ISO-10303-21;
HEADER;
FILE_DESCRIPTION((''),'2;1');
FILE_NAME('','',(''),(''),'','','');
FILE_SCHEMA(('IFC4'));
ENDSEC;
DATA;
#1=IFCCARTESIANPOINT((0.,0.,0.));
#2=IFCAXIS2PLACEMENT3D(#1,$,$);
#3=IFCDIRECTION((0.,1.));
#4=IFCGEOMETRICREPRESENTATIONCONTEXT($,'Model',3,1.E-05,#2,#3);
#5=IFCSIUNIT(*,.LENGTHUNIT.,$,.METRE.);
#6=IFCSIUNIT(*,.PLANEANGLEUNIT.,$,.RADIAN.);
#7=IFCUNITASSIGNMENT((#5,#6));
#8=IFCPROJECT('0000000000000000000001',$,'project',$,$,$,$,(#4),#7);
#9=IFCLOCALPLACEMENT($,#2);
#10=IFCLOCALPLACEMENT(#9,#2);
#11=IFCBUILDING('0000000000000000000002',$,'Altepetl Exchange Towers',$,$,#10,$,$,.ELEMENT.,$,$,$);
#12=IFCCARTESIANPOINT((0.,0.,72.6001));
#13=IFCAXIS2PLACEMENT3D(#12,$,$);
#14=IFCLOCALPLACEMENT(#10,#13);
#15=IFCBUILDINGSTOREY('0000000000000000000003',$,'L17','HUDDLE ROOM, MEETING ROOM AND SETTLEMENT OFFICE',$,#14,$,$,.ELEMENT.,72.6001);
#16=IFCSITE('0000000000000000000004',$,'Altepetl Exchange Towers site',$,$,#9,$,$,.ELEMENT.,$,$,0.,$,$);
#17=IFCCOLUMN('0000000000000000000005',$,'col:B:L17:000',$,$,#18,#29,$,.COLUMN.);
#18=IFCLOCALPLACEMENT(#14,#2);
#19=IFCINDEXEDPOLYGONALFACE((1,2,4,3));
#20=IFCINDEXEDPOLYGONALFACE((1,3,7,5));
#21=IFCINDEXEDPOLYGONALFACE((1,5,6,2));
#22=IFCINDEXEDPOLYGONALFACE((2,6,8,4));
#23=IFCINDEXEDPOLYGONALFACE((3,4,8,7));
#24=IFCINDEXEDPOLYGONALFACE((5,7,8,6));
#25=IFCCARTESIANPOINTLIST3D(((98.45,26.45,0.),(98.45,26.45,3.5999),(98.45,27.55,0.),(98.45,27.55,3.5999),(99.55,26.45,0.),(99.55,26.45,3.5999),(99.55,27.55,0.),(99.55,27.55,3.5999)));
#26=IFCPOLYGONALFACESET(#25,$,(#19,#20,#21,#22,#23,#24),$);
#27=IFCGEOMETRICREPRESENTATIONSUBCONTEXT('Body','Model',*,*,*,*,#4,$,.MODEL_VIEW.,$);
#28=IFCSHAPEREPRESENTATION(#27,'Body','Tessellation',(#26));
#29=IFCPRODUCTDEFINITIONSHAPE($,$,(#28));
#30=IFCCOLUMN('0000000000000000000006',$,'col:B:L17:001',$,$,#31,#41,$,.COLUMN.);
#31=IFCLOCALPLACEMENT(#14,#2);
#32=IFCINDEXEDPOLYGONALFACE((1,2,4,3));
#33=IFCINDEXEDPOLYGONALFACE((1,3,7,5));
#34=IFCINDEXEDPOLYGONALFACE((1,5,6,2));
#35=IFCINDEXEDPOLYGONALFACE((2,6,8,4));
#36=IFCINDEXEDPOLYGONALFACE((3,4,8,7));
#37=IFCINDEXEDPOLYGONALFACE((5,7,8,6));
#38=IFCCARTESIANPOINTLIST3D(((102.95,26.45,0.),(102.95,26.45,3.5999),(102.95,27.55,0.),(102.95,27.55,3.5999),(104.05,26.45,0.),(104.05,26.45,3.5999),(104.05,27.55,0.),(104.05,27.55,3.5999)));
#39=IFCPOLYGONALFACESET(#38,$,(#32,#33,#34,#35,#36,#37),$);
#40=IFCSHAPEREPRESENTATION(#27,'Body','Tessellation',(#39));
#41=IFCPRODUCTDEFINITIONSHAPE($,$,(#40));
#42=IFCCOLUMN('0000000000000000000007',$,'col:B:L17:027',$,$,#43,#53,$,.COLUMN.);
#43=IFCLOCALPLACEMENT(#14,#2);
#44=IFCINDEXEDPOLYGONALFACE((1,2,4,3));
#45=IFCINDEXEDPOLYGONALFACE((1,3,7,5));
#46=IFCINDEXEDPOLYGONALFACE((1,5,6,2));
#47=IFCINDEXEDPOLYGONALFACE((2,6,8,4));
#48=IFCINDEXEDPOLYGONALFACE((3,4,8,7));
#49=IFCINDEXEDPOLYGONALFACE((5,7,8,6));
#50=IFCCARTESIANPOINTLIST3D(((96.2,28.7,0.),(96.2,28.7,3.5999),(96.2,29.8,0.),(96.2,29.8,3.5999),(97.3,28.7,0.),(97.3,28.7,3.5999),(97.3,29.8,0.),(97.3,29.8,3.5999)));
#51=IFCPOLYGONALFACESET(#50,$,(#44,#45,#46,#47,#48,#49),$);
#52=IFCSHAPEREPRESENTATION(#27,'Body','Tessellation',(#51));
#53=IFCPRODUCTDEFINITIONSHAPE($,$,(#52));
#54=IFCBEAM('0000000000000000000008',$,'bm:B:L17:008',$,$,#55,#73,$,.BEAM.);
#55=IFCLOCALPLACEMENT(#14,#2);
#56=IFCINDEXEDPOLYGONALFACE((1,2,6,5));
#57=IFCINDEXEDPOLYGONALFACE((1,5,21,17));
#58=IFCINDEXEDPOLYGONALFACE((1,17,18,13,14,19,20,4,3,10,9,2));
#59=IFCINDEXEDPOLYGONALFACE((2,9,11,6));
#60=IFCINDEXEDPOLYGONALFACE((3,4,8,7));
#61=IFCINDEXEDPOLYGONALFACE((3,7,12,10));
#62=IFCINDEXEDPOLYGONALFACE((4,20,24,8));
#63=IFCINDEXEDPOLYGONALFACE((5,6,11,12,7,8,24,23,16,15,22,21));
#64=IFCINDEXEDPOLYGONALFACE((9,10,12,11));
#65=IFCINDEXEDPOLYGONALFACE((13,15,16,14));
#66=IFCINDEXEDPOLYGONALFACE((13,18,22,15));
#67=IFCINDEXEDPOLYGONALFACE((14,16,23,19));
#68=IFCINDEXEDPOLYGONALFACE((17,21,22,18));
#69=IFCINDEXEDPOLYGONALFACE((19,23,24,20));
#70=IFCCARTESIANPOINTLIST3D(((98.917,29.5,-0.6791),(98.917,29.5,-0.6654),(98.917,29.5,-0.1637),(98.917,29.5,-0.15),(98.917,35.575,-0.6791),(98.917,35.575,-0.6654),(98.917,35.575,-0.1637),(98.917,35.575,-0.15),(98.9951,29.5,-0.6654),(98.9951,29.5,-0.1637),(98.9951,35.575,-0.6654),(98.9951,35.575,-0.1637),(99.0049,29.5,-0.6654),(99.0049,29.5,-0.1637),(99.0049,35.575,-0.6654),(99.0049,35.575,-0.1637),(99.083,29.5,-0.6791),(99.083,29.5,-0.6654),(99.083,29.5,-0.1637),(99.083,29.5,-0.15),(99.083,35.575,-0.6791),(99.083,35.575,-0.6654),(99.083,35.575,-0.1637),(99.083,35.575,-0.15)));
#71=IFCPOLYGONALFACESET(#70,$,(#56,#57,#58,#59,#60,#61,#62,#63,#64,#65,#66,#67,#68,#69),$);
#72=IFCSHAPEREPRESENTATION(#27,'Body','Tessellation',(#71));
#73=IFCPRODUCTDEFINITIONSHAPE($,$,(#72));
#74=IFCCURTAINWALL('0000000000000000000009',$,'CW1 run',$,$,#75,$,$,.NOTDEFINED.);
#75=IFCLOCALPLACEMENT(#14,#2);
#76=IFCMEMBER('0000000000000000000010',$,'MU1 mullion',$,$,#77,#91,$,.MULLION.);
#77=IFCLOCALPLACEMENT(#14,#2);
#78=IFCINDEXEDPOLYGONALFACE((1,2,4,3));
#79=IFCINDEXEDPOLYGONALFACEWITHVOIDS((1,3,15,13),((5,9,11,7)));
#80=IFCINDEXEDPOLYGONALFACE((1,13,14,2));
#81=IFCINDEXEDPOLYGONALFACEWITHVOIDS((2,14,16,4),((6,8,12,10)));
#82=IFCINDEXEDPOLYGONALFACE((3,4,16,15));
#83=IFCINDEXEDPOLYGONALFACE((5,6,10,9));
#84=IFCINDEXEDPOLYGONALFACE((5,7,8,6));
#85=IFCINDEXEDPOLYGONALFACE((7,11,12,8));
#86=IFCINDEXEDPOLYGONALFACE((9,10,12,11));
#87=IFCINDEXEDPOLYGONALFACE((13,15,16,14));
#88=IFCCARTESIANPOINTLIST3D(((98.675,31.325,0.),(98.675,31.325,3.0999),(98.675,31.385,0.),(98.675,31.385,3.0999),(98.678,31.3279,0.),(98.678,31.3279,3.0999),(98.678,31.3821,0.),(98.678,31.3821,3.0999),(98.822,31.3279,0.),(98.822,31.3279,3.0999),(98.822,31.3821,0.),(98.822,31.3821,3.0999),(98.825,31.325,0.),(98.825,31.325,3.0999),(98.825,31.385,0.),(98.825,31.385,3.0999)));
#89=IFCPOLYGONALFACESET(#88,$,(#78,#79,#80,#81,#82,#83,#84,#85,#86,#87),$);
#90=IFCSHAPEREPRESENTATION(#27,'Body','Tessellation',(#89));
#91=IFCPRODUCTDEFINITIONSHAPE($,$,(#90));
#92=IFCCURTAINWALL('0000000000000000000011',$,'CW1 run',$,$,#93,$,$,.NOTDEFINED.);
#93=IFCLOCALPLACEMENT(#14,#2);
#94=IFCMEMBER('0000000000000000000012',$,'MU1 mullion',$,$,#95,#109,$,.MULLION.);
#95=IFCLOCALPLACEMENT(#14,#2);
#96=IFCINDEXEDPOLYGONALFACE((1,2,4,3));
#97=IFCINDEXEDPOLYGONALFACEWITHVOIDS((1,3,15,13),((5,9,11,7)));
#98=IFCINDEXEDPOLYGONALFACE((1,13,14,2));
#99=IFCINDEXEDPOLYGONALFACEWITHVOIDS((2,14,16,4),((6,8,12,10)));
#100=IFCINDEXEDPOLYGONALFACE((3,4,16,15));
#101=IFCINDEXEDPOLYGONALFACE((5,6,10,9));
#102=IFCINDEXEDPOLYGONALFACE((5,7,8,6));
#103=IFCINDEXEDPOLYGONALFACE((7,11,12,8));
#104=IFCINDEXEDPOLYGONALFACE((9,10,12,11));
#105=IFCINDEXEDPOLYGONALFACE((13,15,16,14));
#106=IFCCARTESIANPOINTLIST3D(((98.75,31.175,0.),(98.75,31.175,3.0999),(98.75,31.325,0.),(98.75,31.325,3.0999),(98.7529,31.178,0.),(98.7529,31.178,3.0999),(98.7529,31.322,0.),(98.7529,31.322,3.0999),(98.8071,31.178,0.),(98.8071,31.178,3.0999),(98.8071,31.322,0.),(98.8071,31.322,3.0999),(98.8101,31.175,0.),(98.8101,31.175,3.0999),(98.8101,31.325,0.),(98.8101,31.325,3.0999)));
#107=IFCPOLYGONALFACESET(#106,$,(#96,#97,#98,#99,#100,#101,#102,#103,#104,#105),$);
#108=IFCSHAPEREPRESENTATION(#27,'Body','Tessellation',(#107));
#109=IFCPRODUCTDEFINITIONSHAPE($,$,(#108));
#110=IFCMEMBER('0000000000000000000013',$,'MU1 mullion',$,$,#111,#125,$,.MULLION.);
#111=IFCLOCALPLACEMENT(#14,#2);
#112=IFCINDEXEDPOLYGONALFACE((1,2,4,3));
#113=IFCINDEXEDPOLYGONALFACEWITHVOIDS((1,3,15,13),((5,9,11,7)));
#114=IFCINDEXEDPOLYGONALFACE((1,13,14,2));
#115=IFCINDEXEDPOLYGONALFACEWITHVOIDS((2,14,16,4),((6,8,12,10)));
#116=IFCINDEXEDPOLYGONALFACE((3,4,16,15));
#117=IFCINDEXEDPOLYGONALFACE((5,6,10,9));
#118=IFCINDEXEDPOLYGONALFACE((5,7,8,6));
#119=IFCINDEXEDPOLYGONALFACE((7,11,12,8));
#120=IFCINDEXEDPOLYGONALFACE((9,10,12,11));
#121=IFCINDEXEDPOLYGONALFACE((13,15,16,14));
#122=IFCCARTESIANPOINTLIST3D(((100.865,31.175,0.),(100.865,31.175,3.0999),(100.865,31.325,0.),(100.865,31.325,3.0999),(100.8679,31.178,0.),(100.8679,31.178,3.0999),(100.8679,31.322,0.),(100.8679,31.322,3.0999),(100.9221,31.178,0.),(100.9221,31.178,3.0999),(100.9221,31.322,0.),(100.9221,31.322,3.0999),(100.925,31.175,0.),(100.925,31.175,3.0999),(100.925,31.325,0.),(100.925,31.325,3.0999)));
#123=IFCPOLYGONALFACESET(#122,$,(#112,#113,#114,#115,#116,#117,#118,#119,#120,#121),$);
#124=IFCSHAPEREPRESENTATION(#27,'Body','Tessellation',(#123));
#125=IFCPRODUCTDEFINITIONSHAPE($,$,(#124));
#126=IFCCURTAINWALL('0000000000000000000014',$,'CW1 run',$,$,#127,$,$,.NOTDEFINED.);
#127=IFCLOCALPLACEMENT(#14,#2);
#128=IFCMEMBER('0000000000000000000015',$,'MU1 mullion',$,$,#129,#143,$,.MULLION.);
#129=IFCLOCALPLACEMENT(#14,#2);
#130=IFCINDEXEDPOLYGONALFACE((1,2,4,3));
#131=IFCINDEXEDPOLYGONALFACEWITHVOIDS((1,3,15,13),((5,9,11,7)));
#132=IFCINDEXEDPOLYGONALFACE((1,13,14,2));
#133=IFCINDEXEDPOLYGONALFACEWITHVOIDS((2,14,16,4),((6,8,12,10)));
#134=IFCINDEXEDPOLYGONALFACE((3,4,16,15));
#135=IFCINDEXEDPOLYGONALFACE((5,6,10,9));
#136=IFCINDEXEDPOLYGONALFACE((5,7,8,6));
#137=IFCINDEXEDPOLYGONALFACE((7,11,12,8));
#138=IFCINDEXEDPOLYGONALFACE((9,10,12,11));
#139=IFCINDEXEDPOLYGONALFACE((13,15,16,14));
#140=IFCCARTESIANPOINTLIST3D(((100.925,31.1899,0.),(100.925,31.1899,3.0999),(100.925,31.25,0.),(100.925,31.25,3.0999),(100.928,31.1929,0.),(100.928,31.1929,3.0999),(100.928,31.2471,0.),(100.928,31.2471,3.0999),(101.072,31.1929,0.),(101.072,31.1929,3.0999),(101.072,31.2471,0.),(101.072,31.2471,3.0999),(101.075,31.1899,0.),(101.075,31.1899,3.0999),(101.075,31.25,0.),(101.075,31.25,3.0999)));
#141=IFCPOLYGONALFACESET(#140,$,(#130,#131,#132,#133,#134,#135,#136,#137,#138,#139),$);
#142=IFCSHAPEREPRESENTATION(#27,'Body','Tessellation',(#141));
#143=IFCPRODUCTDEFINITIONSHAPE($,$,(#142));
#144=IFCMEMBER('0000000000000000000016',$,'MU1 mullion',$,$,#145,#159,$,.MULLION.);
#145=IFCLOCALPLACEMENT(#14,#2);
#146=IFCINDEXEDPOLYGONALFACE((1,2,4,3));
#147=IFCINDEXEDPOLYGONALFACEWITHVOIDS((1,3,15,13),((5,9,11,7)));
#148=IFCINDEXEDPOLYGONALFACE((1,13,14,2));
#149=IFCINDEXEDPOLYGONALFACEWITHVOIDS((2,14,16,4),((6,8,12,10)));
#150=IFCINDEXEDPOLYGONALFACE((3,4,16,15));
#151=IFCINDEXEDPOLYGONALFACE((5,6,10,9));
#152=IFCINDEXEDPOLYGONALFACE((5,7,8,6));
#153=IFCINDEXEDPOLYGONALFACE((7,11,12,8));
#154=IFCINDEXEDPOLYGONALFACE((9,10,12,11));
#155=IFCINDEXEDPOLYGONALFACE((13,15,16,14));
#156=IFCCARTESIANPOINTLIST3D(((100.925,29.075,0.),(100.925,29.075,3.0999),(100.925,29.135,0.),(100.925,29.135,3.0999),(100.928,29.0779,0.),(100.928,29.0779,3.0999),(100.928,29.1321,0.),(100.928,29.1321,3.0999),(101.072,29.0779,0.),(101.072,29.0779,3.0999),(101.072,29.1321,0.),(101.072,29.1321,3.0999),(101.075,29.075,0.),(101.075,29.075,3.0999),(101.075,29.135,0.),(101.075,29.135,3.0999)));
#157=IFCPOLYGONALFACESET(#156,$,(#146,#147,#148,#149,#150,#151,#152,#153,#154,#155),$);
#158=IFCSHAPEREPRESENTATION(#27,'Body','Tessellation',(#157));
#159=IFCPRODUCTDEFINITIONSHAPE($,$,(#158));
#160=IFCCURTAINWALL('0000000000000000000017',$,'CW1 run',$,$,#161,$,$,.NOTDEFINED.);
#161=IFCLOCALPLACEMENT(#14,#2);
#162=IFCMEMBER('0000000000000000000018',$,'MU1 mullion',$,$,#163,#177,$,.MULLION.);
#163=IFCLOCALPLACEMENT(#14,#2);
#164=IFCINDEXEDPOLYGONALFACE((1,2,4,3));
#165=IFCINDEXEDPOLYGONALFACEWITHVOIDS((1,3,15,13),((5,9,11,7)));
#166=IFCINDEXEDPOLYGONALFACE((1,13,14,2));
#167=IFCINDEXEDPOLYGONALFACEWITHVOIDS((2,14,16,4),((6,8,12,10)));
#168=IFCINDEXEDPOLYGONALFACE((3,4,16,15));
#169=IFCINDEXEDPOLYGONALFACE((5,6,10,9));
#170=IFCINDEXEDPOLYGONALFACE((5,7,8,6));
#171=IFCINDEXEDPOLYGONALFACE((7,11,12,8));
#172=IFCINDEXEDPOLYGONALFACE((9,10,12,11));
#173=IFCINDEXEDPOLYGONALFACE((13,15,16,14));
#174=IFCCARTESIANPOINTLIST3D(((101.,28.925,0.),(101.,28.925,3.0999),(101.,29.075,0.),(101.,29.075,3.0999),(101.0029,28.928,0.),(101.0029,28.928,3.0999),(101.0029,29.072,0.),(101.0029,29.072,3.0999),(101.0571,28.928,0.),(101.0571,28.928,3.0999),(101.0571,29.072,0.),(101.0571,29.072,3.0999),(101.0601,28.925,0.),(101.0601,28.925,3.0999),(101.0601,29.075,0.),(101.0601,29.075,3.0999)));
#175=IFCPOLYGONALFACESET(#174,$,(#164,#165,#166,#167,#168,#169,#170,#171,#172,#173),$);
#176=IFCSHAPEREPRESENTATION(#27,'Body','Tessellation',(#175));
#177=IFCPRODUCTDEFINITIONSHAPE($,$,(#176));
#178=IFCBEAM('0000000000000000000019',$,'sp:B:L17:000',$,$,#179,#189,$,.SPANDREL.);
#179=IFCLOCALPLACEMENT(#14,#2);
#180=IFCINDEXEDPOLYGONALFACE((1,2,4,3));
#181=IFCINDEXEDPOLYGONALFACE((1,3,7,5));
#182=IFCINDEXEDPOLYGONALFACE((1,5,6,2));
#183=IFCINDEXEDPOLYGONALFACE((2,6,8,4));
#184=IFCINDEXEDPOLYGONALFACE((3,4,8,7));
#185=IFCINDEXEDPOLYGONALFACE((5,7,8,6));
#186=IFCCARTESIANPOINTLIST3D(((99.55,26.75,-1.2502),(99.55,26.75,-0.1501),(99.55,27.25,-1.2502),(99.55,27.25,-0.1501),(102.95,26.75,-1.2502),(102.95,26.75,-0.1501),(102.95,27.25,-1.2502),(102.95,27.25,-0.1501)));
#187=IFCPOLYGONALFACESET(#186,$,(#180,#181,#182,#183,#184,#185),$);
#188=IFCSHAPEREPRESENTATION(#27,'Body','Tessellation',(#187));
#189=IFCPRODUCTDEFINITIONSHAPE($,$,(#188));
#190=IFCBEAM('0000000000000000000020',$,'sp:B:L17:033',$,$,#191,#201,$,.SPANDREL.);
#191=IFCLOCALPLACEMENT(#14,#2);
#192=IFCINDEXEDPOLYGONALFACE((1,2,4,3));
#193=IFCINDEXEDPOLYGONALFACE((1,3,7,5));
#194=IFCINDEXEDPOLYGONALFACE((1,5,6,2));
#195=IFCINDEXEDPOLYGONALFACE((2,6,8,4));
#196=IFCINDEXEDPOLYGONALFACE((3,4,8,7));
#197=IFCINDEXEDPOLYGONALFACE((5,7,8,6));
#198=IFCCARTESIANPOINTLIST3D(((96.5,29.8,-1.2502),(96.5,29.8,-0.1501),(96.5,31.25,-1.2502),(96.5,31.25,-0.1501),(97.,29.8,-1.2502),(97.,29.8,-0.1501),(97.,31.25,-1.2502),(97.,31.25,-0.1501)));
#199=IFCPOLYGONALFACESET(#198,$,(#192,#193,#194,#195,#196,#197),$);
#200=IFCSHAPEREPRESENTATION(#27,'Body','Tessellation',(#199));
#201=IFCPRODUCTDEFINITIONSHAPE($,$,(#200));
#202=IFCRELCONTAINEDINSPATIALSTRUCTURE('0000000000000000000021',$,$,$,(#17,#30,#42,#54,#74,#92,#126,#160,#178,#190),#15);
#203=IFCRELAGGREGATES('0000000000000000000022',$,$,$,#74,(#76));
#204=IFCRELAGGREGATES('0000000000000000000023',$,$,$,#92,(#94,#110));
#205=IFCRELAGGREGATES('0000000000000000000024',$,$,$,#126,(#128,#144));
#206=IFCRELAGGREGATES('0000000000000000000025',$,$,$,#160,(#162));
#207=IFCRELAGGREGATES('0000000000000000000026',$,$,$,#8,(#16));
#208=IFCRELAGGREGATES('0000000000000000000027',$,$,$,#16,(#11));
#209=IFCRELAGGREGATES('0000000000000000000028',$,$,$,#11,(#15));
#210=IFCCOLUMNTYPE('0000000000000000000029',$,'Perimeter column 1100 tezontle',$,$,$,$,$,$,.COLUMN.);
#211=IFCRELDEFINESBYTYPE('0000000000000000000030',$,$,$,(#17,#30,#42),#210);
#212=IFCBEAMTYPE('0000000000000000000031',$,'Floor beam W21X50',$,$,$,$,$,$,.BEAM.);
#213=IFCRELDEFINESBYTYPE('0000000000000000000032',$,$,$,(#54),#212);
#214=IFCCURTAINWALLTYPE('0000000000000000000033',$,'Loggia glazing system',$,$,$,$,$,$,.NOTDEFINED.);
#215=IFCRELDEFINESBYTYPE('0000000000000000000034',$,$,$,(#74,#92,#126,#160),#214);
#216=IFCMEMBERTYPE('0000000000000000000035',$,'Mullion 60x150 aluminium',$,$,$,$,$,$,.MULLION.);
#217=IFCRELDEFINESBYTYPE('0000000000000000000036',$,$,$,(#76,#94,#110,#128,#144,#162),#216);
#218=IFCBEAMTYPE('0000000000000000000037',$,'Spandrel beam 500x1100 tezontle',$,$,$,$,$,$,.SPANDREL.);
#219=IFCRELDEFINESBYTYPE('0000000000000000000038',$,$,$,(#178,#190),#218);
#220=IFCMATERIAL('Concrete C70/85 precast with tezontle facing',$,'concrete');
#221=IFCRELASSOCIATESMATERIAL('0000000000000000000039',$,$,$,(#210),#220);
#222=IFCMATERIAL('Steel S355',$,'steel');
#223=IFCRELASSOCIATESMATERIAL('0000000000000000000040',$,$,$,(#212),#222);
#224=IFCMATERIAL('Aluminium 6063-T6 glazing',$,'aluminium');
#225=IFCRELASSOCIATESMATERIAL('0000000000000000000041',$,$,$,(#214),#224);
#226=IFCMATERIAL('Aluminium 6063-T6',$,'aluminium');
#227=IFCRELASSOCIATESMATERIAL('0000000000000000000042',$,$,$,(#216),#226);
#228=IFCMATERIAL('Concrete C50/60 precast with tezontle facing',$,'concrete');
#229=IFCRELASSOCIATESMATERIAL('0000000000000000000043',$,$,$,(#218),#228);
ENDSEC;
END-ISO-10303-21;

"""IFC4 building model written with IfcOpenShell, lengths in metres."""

from ifc_helpers import new_model, si_unit, direction, frame, origin, origin_2d, place, context, subcontext, project, spatial, rectangle, hollow_rectangle, i_section, extrude, material, material_profile, profile_set, type_object, element, aggregate, save


model = new_model("IFC4")

# Units and contexts
model_context = context("Model", 3, precision=1e-05, world=origin(), true_north=direction((0.0, 1.0)))
body_context = subcontext(model_context, "Body", "Model", "MODEL_VIEW")
ifc_project = project(units=[si_unit("LENGTHUNIT", "METRE"), si_unit("PLANEANGLEUNIT", "RADIAN")], contexts=[model_context])

# Site, building, storey
site_placement = place(None, origin())
site = spatial("IfcSite", under=ifc_project, at=site_placement, Name="Altepetl Exchange Towers site", CompositionType="ELEMENT", RefElevation=0.0)
building_placement = place(site_placement, origin())
building = spatial("IfcBuilding", under=site, at=building_placement, Name="Altepetl Exchange Towers", CompositionType="ELEMENT")
storey_placement = place(building_placement, frame((0.0, 0.0, 72.6001)))
storey = spatial("IfcBuildingStorey", under=building, at=storey_placement, Name="L17", Description="HUDDLE ROOM, MEETING ROOM AND SETTLEMENT OFFICE", CompositionType="ELEMENT", Elevation=72.6001)

# Columns
ifc_material_1 = material(Name="Concrete C70/85 precast with tezontle facing", Category="concrete")
ifc_material_profile_1 = material_profile(ifc_material_1, rectangle(XDim=1.1001, YDim=1.1001, at=origin_2d()), Name="1100 x 1100")
ifc_profile_set_1 = profile_set([ifc_material_profile_1], Name="Concrete C70/85 precast with tezontle facing")
column_type = type_object("IfcColumnType", Name="Perimeter column 1100 tezontle", PredefinedType="COLUMN", material=ifc_profile_set_1)
for number, where, name in (
    (1, (99.0, 27.0, 0.0), "col:B:L17:000"),
    (2, (103.5, 27.0, 0.0), "col:B:L17:001"),
    (3, (96.75, 29.25, 0.0), "col:B:L17:027"),
):
    element("IfcColumn", number, at=place(storey_placement, frame(where)), inside=storey, type_object=column_type, Name=name, PredefinedType="COLUMN", context=body_context, shape_type="SweptSolid", body=[
        extrude(rectangle(XDim=1.1001, YDim=1.1001, at=origin_2d()), origin(), (0.0, 0.0, 1.0), 3.5999),
    ])

# Beam
ifc_material_2 = material(Name="Steel S355", Category="steel")
ifc_material_profile_2 = material_profile(ifc_material_2, i_section(OverallWidth=0.166, OverallDepth=0.5291, WebThickness=0.0098, FlangeThickness=0.0137, at=origin_2d()), Name="W21X50")
ifc_profile_set_2 = profile_set([ifc_material_profile_2], Name="Steel S355")
beam_type_1 = type_object("IfcBeamType", Name="Floor beam W21X50", PredefinedType="BEAM", material=ifc_profile_set_2)
beam_1_placement = place(storey_placement, frame((99.0, 29.5, -0.4146), z_axis=(0.0, 1.0, 0.0), x_axis=(-1.0, 0.0, 0.0)))
element("IfcBeam", 4, at=beam_1_placement, inside=storey, type_object=beam_type_1, Name="bm:B:L17:008", PredefinedType="BEAM", context=body_context, shape_type="SweptSolid", body=[
    extrude(i_section(OverallWidth=0.166, OverallDepth=0.5291, WebThickness=0.0098, FlangeThickness=0.0137, at=origin_2d()), origin(), (0.0, 0.0, 1.0), 6.075),
])

# Curtain wall, member
ifc_material_3 = material(Name="Aluminium 6063-T6 glazing", Category="aluminium")
curtain_wall_type = type_object("IfcCurtainWallType", Name="Loggia glazing system", PredefinedType="NOTDEFINED", material=ifc_material_3)
curtain_wall_1_placement = place(storey_placement, origin())
curtain_wall_1 = element("IfcCurtainWall", 5, at=curtain_wall_1_placement, inside=storey, type_object=curtain_wall_type, Name="CW1 run", PredefinedType="NOTDEFINED")
ifc_material_4 = material(Name="Aluminium 6063-T6", Category="aluminium")
ifc_material_profile_3 = material_profile(ifc_material_4, hollow_rectangle(XDim=0.0601, YDim=0.1499, WallThickness=0.0029, at=origin_2d()), Name="Mullion 60x150 aluminium")
ifc_profile_set_3 = profile_set([ifc_material_profile_3], Name="Aluminium 6063-T6")
member_type = type_object("IfcMemberType", Name="Mullion 60x150 aluminium", PredefinedType="MULLION", material=ifc_profile_set_3)
member_1_placement = place(storey_placement, frame((98.75, 31.355, 0.0), z_axis=(0.0, 0.0, 1.0), x_axis=(0.0, -1.0, 0.0)))
member_1 = element("IfcMember", 6, at=member_1_placement, type_object=member_type, Name="MU1 mullion", PredefinedType="MULLION", context=body_context, shape_type="SweptSolid", body=[
    extrude(hollow_rectangle(XDim=0.0601, YDim=0.1499, WallThickness=0.0029, at=origin_2d()), origin(), (0.0, 0.0, 1.0), 3.0999),
])

# Curtain walls, members
curtain_wall_2_placement = place(storey_placement, origin())
curtain_wall_2 = element("IfcCurtainWall", 7, at=curtain_wall_2_placement, inside=storey, type_object=curtain_wall_type, Name="CW1 run", PredefinedType="NOTDEFINED")
member_2_placement = place(storey_placement, frame((98.78, 31.25, 0.0)))
member_2 = element("IfcMember", 8, at=member_2_placement, type_object=member_type, Name="MU1 mullion", PredefinedType="MULLION", context=body_context, shape_type="SweptSolid", body=[
    extrude(hollow_rectangle(XDim=0.0601, YDim=0.1499, WallThickness=0.0029, at=origin_2d()), origin(), (0.0, 0.0, 1.0), 3.0999),
])
member_3_placement = place(storey_placement, frame((100.895, 31.25, 0.0)))
member_3 = element("IfcMember", 9, at=member_3_placement, type_object=member_type, Name="MU1 mullion", PredefinedType="MULLION", context=body_context, shape_type="SweptSolid", body=[
    extrude(hollow_rectangle(XDim=0.0601, YDim=0.1499, WallThickness=0.0029, at=origin_2d()), origin(), (0.0, 0.0, 1.0), 3.0999),
])
curtain_wall_3_placement = place(storey_placement, origin())
curtain_wall_3 = element("IfcCurtainWall", 10, at=curtain_wall_3_placement, inside=storey, type_object=curtain_wall_type, Name="CW1 run", PredefinedType="NOTDEFINED")
member_4_placement = place(storey_placement, frame((101.0, 31.22, 0.0), z_axis=(0.0, 0.0, 1.0), x_axis=(0.0, -1.0, 0.0)))
member_4 = element("IfcMember", 11, at=member_4_placement, type_object=member_type, Name="MU1 mullion", PredefinedType="MULLION", context=body_context, shape_type="SweptSolid", body=[
    extrude(hollow_rectangle(XDim=0.0601, YDim=0.1499, WallThickness=0.0029, at=origin_2d()), origin(), (0.0, 0.0, 1.0), 3.0999),
])
member_5_placement = place(storey_placement, frame((101.0, 29.105, 0.0), z_axis=(0.0, 0.0, 1.0), x_axis=(0.0, -1.0, 0.0)))
member_5 = element("IfcMember", 12, at=member_5_placement, type_object=member_type, Name="MU1 mullion", PredefinedType="MULLION", context=body_context, shape_type="SweptSolid", body=[
    extrude(hollow_rectangle(XDim=0.0601, YDim=0.1499, WallThickness=0.0029, at=origin_2d()), origin(), (0.0, 0.0, 1.0), 3.0999),
])

# Curtain wall, member
curtain_wall_4_placement = place(storey_placement, origin())
curtain_wall_4 = element("IfcCurtainWall", 13, at=curtain_wall_4_placement, inside=storey, type_object=curtain_wall_type, Name="CW1 run", PredefinedType="NOTDEFINED")
member_6_placement = place(storey_placement, frame((101.03, 29.0, 0.0)))
member_6 = element("IfcMember", 14, at=member_6_placement, type_object=member_type, Name="MU1 mullion", PredefinedType="MULLION", context=body_context, shape_type="SweptSolid", body=[
    extrude(hollow_rectangle(XDim=0.0601, YDim=0.1499, WallThickness=0.0029, at=origin_2d()), origin(), (0.0, 0.0, 1.0), 3.0999),
])

# Beams
ifc_material_5 = material(Name="Concrete C50/60 precast with tezontle facing", Category="concrete")
ifc_material_profile_4 = material_profile(ifc_material_5, rectangle(XDim=0.5, YDim=1.1001, at=origin_2d()), Name="500 x 1100")
ifc_profile_set_4 = profile_set([ifc_material_profile_4], Name="Concrete C50/60 precast with tezontle facing")
beam_type_2 = type_object("IfcBeamType", Name="Spandrel beam 500x1100 tezontle", PredefinedType="SPANDREL", material=ifc_profile_set_4)
beam_2_placement = place(storey_placement, frame((99.55, 27.0, -0.7002), z_axis=(1.0, 0.0, 0.0), x_axis=(0.0, 1.0, 0.0)))
element("IfcBeam", 15, at=beam_2_placement, inside=storey, type_object=beam_type_2, Name="sp:B:L17:000", PredefinedType="SPANDREL", context=body_context, shape_type="SweptSolid", body=[
    extrude(rectangle(XDim=0.5, YDim=1.1001, at=origin_2d()), origin(), (0.0, 0.0, 1.0), 3.3999),
])
beam_3_placement = place(storey_placement, frame((96.75, 31.25, -0.7002), z_axis=(0.0, -1.0, 0.0), x_axis=(1.0, 0.0, 0.0)))
element("IfcBeam", 16, at=beam_3_placement, inside=storey, type_object=beam_type_2, Name="sp:B:L17:033", PredefinedType="SPANDREL", context=body_context, shape_type="SweptSolid", body=[
    extrude(rectangle(XDim=0.5, YDim=1.1001, at=origin_2d()), origin(), (0.0, 0.0, 1.0), 1.45),
])

aggregate(curtain_wall_1, [member_1])
aggregate(curtain_wall_2, [member_2, member_3])
aggregate(curtain_wall_3, [member_4, member_5])
aggregate(curtain_wall_4, [member_6])

save(model, "model.ifc")
